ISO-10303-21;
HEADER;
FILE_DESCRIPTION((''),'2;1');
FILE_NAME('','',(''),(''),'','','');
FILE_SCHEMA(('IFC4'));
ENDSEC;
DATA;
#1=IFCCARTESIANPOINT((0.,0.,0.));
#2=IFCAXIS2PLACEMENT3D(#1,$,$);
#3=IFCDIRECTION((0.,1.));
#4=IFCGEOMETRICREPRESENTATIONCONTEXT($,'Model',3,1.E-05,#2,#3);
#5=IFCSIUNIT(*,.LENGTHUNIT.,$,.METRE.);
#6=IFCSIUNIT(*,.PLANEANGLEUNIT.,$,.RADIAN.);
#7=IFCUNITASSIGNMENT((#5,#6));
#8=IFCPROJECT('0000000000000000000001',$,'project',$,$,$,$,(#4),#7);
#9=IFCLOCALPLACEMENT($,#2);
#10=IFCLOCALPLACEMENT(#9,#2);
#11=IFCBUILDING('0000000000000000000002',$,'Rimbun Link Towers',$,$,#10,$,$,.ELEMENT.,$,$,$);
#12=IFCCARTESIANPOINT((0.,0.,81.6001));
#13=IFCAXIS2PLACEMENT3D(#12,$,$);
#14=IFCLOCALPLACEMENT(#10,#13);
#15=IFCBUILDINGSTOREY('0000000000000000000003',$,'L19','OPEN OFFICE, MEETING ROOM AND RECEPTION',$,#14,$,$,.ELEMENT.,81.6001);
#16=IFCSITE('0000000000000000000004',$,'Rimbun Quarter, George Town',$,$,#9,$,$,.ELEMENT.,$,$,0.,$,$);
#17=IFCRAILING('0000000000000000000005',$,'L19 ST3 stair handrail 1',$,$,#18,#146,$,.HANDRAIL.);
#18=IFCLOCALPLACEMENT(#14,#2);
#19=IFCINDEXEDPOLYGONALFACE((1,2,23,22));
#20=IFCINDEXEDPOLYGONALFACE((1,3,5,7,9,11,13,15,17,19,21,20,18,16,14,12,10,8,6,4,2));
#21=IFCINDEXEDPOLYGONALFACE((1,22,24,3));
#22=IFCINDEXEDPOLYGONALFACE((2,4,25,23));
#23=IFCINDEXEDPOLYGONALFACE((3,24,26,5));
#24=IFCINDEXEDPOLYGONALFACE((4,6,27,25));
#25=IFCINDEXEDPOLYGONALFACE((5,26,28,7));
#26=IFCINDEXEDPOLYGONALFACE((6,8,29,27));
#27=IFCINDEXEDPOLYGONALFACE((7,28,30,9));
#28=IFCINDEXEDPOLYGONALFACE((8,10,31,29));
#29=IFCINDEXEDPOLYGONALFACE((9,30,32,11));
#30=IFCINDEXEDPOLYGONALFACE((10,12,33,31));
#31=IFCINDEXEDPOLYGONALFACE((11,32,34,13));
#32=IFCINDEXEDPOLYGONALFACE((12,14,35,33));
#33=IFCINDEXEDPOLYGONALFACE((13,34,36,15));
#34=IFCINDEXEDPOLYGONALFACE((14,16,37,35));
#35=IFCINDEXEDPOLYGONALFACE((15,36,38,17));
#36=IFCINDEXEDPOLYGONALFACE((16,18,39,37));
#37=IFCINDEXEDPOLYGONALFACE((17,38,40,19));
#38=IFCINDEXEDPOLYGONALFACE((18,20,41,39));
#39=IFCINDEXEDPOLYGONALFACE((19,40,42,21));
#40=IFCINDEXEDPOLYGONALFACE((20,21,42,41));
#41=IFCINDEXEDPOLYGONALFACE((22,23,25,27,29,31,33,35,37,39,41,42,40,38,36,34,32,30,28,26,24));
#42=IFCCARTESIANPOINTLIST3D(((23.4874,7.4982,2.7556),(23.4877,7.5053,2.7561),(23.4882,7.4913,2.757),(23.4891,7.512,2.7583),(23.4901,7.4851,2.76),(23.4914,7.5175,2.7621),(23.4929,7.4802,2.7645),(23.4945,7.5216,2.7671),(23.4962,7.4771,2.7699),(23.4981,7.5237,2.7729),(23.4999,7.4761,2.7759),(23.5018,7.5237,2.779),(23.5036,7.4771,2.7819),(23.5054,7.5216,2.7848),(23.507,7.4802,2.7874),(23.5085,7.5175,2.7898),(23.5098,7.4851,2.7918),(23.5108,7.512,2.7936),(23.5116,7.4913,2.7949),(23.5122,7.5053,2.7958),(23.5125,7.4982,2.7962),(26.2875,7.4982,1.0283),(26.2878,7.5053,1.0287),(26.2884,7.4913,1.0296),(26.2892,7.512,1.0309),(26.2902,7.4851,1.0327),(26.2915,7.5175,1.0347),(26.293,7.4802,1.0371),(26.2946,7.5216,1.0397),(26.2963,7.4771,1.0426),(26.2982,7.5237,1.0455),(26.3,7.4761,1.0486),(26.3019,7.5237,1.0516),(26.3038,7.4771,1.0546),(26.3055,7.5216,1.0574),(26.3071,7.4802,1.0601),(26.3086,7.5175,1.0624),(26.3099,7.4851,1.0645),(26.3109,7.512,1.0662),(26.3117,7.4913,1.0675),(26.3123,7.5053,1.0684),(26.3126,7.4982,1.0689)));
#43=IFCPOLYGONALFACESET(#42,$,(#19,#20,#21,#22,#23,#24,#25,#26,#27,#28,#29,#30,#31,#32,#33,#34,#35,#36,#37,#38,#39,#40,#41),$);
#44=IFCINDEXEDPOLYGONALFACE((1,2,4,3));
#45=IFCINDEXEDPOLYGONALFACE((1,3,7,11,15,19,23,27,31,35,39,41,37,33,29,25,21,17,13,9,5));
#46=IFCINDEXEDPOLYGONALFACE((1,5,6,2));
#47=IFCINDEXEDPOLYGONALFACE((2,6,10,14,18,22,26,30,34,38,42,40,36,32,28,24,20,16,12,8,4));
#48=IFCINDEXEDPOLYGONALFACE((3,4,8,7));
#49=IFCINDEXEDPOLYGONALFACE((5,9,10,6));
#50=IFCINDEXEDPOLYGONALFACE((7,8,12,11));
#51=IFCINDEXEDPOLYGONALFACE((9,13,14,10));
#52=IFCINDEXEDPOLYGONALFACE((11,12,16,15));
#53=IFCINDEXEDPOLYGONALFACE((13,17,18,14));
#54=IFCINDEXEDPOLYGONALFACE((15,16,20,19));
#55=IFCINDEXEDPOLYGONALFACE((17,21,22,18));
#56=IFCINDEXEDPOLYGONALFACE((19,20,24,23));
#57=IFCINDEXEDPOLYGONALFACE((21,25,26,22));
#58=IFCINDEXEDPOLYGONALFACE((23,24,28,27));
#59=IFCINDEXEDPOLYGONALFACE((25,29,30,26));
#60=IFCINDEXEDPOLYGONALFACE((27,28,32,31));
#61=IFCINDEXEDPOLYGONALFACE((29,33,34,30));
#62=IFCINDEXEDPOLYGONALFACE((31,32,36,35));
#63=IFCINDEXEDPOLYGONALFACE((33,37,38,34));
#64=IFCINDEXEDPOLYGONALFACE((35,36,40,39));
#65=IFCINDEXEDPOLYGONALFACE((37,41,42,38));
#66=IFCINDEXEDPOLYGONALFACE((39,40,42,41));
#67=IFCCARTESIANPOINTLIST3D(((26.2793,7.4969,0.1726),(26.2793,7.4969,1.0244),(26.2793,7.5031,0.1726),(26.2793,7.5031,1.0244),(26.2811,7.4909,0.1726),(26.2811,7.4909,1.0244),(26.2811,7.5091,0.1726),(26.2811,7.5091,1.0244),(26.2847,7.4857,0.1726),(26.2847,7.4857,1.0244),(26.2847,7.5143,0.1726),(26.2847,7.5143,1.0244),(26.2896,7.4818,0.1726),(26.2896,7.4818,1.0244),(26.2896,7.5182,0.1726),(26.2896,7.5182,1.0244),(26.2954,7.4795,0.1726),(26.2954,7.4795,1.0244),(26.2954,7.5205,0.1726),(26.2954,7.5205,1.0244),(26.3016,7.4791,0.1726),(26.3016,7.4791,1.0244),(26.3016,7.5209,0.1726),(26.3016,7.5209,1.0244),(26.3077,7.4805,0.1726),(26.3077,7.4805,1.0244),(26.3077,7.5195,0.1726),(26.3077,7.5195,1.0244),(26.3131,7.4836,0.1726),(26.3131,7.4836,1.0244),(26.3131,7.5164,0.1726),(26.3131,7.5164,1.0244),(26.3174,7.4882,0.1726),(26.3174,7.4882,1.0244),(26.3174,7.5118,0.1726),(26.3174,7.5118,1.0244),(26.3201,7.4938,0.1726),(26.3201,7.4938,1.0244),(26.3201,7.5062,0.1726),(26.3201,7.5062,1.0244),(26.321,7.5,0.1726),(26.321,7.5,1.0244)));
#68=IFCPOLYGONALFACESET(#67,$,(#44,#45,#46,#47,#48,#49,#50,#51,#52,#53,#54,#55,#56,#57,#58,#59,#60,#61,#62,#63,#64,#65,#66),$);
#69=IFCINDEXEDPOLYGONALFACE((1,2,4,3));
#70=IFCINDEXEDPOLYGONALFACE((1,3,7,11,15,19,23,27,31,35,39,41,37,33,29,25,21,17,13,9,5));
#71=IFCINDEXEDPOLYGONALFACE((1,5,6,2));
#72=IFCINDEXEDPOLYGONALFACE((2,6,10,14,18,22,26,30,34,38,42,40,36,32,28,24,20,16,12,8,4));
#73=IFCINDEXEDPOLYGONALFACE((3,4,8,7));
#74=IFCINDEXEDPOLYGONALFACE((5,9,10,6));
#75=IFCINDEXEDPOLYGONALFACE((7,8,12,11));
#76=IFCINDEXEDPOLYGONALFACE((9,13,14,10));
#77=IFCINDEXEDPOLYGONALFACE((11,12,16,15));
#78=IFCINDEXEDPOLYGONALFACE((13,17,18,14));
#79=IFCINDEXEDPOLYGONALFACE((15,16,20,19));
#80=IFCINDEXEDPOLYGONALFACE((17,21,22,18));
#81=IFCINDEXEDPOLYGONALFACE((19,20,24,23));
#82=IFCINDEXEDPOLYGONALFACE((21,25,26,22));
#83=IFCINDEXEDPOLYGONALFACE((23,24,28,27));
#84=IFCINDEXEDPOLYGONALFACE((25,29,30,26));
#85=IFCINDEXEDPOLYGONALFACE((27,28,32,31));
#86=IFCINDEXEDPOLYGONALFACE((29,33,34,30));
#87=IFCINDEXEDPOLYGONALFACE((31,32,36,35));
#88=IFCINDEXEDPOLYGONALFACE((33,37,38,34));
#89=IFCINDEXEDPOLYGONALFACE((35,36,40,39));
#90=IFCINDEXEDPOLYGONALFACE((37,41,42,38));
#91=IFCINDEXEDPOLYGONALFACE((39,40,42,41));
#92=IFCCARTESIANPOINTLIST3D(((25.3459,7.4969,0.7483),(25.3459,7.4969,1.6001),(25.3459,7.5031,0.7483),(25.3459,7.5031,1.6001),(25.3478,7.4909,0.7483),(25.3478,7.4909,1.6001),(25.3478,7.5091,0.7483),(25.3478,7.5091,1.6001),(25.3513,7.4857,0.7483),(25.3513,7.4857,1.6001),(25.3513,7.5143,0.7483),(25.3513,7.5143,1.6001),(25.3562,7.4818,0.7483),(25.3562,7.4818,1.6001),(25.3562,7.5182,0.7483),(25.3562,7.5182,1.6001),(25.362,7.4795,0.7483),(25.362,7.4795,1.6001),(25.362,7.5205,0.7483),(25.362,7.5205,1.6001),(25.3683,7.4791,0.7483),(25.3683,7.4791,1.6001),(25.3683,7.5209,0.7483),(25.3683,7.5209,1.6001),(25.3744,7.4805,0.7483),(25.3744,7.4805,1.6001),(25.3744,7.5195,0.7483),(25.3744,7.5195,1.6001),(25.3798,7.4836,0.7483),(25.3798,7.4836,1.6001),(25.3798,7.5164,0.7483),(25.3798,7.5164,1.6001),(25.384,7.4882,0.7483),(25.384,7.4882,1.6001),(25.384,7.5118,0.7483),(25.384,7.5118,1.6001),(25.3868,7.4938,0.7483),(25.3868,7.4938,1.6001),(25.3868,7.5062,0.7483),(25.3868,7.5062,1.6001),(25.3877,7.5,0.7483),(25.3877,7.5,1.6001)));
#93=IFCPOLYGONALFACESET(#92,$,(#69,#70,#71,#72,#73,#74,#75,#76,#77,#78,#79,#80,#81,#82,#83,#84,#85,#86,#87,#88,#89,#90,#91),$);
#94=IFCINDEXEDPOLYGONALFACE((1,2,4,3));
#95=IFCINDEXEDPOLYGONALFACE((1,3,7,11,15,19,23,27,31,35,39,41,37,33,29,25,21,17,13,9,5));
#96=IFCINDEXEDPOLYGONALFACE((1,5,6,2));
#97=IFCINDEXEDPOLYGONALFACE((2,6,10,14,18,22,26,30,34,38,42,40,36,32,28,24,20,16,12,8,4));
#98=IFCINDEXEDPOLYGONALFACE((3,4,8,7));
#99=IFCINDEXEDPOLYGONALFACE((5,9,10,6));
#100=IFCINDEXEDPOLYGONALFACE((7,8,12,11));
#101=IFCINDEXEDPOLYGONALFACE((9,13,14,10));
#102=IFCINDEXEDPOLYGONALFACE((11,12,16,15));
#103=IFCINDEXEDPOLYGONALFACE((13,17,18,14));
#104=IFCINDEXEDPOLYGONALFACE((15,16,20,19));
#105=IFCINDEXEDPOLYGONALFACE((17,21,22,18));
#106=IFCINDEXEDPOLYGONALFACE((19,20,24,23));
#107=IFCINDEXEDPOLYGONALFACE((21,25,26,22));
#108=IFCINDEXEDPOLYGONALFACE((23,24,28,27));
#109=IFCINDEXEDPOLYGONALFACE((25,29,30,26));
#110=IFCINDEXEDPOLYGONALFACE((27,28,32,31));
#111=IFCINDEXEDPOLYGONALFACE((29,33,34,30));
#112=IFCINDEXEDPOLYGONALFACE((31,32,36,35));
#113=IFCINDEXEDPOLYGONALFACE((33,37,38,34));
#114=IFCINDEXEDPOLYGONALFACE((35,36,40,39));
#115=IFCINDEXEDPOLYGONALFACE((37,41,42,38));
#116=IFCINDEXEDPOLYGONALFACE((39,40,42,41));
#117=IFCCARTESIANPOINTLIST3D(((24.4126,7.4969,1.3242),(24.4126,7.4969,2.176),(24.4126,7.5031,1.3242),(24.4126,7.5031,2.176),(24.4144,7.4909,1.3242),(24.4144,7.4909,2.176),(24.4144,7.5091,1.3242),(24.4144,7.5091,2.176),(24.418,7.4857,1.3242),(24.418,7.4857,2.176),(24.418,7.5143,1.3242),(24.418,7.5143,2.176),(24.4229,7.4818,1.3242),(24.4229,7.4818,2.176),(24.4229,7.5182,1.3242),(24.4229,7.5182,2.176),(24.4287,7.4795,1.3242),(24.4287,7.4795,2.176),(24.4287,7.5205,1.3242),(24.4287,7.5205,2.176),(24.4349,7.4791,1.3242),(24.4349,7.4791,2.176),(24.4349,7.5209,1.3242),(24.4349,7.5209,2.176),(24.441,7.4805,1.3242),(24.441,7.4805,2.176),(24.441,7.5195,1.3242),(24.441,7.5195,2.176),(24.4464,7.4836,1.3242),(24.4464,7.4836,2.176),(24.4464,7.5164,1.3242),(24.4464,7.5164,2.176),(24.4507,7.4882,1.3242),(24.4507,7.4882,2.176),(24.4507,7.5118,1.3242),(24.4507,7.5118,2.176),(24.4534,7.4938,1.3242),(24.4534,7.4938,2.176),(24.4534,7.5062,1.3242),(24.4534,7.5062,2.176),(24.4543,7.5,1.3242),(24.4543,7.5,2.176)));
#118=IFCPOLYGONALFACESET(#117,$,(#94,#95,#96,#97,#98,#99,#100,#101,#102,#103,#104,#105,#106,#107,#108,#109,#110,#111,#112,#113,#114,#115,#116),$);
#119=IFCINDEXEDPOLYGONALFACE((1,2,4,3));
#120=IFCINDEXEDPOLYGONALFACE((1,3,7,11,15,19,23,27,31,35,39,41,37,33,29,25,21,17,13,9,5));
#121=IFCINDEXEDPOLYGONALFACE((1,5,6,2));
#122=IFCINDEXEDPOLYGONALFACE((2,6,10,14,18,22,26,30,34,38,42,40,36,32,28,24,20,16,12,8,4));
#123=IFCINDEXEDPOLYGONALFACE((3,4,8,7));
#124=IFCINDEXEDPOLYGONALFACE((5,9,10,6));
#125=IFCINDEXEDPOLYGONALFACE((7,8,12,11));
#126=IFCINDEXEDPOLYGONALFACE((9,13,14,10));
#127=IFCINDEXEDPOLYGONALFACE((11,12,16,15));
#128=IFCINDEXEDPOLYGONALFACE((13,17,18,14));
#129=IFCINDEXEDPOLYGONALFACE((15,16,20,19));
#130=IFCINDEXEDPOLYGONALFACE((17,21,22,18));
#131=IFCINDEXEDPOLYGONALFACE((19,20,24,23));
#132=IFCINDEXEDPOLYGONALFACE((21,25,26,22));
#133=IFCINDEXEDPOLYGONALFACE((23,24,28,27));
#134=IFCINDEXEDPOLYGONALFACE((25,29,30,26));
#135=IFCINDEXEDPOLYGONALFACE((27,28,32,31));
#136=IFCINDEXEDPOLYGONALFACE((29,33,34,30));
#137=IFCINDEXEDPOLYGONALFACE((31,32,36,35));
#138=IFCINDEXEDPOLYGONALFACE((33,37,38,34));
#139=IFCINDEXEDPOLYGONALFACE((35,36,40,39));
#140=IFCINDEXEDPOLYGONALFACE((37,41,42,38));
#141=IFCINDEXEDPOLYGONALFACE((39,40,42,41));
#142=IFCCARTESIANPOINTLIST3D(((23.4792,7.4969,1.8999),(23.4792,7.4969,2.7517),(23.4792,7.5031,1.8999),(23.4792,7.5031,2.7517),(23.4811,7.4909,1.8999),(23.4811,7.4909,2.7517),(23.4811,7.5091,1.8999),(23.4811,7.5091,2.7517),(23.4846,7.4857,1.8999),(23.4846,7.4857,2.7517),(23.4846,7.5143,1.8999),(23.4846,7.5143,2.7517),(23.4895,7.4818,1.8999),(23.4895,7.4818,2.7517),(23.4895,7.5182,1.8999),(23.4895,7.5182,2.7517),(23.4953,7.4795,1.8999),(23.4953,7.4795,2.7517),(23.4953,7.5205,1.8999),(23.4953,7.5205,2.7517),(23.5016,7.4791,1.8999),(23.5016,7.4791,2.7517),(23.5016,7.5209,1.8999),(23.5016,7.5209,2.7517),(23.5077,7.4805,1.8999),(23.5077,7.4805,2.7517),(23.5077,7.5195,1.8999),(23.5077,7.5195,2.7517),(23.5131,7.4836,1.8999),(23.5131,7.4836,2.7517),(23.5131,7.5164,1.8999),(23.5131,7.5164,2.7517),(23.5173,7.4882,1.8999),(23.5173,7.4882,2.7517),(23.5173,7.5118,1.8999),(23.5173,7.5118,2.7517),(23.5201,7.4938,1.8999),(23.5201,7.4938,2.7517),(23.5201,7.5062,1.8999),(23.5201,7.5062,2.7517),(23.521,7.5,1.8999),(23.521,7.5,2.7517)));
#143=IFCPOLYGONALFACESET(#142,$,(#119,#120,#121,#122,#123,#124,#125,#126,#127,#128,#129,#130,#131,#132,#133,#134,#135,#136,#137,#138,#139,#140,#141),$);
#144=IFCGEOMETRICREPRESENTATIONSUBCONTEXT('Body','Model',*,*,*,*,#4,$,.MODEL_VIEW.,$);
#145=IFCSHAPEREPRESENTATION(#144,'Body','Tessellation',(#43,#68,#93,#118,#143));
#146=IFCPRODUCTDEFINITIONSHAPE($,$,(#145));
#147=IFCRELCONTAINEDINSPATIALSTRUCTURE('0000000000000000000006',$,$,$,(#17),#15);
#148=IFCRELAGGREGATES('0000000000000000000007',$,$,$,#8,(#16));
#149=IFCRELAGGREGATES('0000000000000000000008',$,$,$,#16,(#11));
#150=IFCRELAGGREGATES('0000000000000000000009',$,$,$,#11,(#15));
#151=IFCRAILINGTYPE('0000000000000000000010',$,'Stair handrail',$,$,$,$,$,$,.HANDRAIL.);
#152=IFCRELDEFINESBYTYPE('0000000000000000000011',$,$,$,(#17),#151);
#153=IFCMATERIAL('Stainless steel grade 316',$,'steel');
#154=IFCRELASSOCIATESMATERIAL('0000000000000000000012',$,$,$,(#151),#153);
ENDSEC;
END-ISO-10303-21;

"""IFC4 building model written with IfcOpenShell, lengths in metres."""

from ifc_helpers import new_model, si_unit, direction, frame, origin, origin_2d, place, context, subcontext, project, spatial, circle, extrude, material, type_object, element, save


model = new_model("IFC4")

# Units and contexts
model_context = context("Model", 3, precision=1e-05, world=origin(), true_north=direction((0.0, 1.0)))
body_context = subcontext(model_context, "Body", "Model", "MODEL_VIEW")
ifc_project = project(units=[si_unit("LENGTHUNIT", "METRE"), si_unit("PLANEANGLEUNIT", "RADIAN")], contexts=[model_context])

# Site, building, storey
site_placement = place(None, origin())
site = spatial("IfcSite", under=ifc_project, at=site_placement, Name="Rimbun Quarter, George Town", CompositionType="ELEMENT", RefElevation=0.0)
building_placement = place(site_placement, origin())
building = spatial("IfcBuilding", under=site, at=building_placement, Name="Rimbun Link Towers", CompositionType="ELEMENT")
storey_placement = place(building_placement, frame((0.0, 0.0, 81.6001)))
storey = spatial("IfcBuildingStorey", under=building, at=storey_placement, Name="L19", Description="OPEN OFFICE, MEETING ROOM AND RECEPTION", CompositionType="ELEMENT", Elevation=81.6001)

# Railing
ifc_material_1 = material(Name="Stainless steel grade 316", Category="steel")
railing_type_1 = type_object("IfcRailingType", Name="Stair handrail", PredefinedType="HANDRAIL", material=ifc_material_1)
railing_1_placement = place(storey_placement, frame((26.3, 7.5, 0.1726)))
element("IfcRailing", 1, at=railing_1_placement, inside=storey, type_object=railing_type_1, Name="L19 ST3 stair handrail 1", PredefinedType="HANDRAIL", context=body_context, shape_type="SweptSolid", body=[
    extrude(circle(Radius=0.0239, at=origin_2d()), frame((0.0, 0.0, 0.876), z_axis=(-0.85109, 0.0, 0.52502), x_axis=(0.0, -1.0, 0.0)), (0.0, 0.0, 1.0), 3.29),
    extrude(circle(Radius=0.021, at=origin_2d()), origin(), (0.0, 0.0, 1.0), 0.8518),
    extrude(circle(Radius=0.021, at=origin_2d()), frame((-0.9333, 0.0, 0.5757)), (0.0, 0.0, 1.0), 0.8518),
    extrude(circle(Radius=0.021, at=origin_2d()), frame((-1.8667, 0.0, 1.1516)), (0.0, 0.0, 1.0), 0.8518),
    extrude(circle(Radius=0.021, at=origin_2d()), frame((-2.8, 0.0, 1.7273)), (0.0, 0.0, 1.0), 0.8518),
])

save(model, "model.ifc")
